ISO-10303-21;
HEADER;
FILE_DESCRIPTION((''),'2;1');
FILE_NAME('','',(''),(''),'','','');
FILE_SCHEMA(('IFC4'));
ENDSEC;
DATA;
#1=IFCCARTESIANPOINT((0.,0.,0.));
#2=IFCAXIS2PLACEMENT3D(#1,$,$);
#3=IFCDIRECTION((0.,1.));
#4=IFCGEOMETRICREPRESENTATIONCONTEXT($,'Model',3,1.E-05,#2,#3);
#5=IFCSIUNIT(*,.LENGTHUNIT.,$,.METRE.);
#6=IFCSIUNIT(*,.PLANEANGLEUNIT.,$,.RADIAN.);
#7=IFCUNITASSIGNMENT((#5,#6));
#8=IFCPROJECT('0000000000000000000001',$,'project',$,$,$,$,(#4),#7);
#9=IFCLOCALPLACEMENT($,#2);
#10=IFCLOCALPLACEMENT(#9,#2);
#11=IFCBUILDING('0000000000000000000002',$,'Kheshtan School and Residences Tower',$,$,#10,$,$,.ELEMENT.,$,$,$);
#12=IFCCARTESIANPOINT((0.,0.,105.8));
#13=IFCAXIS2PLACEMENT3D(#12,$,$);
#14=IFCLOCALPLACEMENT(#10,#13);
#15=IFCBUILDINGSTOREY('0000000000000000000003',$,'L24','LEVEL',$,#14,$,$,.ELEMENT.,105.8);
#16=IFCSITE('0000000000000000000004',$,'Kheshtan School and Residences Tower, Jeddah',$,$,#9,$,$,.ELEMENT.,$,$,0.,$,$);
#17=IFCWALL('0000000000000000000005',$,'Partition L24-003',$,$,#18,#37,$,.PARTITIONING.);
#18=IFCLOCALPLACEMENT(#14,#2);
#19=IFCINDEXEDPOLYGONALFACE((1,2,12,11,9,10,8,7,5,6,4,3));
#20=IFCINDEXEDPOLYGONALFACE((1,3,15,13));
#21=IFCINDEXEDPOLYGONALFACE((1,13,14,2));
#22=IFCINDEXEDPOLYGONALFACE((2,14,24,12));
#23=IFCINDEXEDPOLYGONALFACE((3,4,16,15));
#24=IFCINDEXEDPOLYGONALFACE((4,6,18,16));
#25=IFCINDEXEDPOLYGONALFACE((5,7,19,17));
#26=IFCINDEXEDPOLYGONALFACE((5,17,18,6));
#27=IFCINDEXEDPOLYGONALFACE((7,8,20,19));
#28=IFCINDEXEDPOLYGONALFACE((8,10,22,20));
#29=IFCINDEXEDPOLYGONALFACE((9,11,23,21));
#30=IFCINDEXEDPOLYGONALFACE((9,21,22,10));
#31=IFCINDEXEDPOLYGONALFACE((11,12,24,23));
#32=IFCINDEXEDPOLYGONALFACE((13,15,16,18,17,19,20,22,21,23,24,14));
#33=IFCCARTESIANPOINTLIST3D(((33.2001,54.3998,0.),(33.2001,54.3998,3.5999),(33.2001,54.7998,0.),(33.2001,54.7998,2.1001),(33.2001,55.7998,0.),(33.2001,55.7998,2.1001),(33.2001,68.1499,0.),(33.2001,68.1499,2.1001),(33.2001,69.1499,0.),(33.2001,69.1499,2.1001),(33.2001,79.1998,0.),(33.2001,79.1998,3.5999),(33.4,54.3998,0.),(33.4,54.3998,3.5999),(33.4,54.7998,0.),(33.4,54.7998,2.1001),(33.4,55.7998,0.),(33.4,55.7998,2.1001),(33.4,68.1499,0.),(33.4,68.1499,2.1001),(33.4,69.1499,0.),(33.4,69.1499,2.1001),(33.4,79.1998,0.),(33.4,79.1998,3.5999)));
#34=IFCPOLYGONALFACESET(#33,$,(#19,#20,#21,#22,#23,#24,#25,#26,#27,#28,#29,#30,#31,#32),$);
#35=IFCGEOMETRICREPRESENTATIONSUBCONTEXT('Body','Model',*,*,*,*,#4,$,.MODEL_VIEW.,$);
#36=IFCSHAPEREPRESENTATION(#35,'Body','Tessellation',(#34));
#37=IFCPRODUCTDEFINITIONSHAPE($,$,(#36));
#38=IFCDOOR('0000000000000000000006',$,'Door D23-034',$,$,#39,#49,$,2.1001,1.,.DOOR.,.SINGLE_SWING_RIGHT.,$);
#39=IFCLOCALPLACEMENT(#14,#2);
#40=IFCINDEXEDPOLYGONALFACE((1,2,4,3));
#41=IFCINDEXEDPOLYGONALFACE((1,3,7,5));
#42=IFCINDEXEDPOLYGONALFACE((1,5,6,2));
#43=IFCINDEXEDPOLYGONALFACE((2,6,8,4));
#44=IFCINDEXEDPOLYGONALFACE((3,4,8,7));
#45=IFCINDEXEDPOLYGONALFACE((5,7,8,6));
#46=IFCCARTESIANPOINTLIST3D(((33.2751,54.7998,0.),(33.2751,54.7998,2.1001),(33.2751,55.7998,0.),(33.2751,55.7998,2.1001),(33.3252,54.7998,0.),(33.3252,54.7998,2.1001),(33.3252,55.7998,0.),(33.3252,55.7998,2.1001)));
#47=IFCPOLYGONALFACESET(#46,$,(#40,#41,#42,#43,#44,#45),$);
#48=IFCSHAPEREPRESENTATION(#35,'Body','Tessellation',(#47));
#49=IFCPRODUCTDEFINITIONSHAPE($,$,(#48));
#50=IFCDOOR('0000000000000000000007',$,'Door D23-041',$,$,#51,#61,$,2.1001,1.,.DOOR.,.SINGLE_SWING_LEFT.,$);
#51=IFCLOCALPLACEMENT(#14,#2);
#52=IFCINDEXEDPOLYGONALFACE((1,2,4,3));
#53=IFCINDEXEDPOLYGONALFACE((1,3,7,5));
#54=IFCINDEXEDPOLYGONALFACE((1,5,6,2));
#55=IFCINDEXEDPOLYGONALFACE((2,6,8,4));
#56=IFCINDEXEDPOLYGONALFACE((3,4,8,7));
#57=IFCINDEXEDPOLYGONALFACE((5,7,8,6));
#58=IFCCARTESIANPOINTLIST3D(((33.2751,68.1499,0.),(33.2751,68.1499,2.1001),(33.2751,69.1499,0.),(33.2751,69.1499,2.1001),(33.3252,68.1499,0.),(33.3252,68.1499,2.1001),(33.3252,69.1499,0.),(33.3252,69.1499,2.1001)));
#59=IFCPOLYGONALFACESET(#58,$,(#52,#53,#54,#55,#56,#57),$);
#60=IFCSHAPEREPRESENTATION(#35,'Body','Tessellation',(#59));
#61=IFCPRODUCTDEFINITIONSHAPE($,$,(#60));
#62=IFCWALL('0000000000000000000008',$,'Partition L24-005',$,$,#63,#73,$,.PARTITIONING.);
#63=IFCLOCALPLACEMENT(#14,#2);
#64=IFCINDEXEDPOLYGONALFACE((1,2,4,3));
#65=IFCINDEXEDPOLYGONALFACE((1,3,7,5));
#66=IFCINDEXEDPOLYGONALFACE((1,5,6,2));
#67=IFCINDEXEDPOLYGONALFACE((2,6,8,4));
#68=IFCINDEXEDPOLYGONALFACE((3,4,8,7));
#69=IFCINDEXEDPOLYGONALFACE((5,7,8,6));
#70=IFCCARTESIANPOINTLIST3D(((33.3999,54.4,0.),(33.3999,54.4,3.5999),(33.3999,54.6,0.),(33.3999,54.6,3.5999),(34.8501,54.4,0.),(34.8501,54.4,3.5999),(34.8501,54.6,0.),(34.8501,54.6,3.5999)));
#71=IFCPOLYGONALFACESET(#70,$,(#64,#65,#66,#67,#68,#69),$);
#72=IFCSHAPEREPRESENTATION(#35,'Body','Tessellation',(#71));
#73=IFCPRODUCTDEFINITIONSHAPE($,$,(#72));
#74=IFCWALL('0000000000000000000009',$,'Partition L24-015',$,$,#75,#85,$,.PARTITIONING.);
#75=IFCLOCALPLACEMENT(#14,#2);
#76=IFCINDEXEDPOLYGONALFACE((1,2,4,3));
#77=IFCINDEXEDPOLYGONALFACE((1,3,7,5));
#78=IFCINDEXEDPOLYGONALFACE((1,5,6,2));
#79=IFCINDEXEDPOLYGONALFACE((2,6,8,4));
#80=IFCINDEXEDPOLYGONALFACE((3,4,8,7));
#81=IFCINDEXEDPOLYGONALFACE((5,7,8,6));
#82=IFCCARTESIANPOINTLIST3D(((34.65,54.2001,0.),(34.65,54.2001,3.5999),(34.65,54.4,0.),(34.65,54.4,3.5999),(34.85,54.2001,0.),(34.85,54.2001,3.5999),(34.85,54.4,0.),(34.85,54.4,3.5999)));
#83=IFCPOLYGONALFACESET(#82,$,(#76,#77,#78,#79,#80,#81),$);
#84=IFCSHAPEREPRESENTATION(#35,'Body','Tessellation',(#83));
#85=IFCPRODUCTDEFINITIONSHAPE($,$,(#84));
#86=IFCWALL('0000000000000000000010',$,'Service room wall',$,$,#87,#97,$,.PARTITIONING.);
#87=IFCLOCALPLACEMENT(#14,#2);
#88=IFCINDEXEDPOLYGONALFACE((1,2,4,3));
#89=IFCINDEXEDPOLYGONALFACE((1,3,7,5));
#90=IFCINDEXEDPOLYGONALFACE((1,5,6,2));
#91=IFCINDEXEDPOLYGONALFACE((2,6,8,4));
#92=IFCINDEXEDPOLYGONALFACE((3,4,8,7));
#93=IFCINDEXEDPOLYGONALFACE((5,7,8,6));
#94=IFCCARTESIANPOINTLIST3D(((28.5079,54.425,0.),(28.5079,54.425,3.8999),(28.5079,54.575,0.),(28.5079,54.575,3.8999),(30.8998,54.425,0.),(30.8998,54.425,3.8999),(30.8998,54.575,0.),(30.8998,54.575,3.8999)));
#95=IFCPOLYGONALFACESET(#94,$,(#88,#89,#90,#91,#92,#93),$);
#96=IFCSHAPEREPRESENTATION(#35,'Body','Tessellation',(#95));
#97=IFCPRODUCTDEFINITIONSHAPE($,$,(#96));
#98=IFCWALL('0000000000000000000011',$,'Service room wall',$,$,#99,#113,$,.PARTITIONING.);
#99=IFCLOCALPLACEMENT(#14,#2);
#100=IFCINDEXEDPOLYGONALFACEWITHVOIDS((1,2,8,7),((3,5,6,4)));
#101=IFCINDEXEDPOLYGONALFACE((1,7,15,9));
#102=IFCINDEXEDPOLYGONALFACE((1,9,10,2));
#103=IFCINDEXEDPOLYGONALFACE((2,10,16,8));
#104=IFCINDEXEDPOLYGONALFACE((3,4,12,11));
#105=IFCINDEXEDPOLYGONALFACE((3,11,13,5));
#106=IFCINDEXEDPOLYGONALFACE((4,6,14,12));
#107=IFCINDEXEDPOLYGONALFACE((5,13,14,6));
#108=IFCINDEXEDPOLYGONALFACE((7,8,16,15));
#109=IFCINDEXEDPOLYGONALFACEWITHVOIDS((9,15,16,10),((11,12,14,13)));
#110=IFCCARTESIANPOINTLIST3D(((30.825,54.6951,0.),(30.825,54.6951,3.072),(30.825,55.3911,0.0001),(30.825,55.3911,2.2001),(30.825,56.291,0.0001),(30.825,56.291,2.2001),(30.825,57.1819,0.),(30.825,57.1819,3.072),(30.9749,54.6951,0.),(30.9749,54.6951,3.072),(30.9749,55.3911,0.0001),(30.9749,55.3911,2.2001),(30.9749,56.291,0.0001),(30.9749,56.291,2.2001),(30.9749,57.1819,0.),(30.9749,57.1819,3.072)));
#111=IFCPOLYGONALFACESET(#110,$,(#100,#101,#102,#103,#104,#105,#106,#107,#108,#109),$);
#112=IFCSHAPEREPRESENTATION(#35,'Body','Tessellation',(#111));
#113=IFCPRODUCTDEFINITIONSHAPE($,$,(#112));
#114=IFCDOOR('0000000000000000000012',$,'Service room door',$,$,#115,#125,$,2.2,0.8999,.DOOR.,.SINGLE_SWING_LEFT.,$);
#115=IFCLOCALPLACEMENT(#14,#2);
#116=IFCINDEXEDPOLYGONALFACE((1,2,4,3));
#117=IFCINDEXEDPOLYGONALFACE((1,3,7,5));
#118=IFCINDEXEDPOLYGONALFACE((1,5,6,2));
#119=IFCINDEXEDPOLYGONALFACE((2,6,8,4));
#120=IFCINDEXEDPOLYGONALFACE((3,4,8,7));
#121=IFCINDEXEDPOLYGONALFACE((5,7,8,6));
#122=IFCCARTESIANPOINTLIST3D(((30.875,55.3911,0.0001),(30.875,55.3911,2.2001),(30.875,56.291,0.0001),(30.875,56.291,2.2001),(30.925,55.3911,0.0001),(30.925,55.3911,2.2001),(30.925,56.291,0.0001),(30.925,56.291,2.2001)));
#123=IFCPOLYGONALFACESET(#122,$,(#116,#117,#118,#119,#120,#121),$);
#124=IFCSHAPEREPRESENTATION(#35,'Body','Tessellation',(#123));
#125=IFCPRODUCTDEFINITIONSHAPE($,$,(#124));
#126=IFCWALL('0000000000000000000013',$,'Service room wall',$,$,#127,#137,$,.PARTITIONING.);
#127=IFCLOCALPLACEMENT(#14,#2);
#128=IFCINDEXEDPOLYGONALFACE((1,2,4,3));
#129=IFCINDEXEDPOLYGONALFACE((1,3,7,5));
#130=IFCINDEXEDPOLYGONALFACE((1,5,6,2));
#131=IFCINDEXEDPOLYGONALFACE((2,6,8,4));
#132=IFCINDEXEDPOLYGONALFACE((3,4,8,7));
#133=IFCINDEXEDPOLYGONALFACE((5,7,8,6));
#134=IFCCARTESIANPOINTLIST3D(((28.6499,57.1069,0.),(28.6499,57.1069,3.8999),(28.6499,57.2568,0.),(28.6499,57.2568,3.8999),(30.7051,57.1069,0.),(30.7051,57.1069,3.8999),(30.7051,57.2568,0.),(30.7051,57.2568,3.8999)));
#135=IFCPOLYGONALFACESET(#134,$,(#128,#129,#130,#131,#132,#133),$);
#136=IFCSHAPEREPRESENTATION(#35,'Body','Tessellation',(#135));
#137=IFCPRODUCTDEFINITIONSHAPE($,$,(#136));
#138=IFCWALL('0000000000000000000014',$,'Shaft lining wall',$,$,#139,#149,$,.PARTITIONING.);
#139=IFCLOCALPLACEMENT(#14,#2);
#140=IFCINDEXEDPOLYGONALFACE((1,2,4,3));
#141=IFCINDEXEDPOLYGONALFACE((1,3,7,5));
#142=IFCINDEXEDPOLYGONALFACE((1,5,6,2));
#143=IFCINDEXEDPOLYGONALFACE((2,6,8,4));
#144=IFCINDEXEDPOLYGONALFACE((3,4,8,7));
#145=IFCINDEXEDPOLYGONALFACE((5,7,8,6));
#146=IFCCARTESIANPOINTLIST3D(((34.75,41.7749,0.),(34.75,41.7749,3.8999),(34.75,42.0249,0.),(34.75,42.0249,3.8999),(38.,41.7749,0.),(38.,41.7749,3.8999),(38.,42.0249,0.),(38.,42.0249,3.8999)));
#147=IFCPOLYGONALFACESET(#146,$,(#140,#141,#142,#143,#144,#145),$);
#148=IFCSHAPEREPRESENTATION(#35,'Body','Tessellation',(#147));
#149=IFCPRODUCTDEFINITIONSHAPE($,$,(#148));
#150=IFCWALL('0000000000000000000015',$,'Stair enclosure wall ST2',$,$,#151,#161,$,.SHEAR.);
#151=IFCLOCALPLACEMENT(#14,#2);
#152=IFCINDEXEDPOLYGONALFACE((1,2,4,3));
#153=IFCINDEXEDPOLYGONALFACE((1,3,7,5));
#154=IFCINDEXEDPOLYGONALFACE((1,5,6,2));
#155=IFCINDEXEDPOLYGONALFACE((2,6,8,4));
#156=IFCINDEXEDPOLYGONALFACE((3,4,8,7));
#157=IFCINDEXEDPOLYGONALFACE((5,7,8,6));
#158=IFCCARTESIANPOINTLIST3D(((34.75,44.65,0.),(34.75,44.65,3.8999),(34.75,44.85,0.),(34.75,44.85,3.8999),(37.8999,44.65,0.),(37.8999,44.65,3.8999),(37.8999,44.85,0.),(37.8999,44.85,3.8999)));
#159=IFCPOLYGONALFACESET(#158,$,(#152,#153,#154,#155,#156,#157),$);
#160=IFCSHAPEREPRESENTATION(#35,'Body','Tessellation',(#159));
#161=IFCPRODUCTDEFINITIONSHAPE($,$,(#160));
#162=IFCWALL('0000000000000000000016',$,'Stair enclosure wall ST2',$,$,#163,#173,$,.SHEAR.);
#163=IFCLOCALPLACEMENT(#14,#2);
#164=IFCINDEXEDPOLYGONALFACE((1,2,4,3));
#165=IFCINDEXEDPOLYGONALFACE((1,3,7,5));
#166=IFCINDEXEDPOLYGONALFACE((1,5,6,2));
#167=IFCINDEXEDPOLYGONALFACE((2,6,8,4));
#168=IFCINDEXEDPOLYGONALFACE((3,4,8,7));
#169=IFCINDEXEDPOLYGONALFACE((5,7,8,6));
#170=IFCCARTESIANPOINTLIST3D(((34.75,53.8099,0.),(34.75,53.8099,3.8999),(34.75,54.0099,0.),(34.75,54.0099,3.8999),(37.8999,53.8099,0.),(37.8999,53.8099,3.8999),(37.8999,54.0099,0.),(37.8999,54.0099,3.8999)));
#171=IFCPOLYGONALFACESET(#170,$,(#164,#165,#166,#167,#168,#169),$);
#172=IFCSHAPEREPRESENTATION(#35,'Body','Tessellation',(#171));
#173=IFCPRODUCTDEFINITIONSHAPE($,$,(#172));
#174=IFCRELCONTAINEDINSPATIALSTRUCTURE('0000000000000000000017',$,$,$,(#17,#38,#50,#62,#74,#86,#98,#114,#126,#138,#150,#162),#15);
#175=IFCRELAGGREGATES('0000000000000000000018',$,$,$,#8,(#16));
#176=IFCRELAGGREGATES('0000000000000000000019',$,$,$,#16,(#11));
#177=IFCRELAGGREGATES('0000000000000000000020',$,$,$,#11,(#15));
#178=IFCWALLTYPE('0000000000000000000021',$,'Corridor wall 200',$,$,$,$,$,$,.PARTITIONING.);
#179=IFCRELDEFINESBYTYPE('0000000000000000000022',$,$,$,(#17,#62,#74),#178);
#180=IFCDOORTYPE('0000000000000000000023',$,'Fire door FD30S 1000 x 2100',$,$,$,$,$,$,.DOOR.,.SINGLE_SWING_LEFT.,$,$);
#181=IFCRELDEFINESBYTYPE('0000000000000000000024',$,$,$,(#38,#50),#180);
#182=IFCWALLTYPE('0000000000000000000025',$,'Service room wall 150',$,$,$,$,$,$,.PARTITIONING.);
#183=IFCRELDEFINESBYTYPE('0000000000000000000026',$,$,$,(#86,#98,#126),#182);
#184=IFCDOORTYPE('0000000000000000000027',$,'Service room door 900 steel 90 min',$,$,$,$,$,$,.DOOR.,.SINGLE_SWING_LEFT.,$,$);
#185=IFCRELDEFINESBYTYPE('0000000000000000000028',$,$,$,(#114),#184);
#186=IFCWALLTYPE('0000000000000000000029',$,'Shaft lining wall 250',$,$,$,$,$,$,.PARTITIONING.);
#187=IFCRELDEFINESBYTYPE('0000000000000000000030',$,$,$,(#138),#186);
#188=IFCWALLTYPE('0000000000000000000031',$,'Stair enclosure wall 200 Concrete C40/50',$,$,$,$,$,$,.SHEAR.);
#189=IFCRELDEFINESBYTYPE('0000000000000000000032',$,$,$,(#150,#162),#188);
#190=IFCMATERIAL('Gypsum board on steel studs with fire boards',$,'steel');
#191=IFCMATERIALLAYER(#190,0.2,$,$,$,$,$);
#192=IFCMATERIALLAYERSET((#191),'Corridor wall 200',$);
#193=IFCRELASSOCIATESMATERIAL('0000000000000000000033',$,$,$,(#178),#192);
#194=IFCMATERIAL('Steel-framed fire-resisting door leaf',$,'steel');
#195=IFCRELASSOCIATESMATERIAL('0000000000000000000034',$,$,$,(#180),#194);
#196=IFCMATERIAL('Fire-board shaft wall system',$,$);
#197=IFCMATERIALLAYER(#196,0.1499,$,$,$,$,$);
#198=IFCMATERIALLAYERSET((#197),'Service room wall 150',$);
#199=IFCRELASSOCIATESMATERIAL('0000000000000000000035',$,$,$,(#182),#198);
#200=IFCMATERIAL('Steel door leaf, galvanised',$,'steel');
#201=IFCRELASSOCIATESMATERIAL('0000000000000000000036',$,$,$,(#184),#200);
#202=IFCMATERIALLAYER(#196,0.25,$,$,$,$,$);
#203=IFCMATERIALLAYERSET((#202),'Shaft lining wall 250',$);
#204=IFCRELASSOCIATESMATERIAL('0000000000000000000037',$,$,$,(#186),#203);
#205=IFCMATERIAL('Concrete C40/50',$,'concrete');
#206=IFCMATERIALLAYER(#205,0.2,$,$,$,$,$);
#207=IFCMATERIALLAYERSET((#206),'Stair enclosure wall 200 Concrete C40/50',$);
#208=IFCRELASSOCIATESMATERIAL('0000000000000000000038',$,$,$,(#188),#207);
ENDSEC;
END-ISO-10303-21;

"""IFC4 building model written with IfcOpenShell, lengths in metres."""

from ifc_helpers import new_model, si_unit, direction, frame, frame_2d, origin, place, context, subcontext, project, spatial, rectangle, extrude, source, transform, mapped, material, layer, layer_set, type_object, element, fill, save


model = new_model("IFC4")

# Units and contexts
model_context = context("Model", 3, precision=1e-05, world=origin(), true_north=direction((0.0, 1.0)))
body_context = subcontext(model_context, "Body", "Model", "MODEL_VIEW")
ifc_project = project(units=[si_unit("LENGTHUNIT", "METRE"), si_unit("PLANEANGLEUNIT", "RADIAN")], contexts=[model_context])

# Site, building, storey
site_placement = place(None, origin())
site = spatial("IfcSite", under=ifc_project, at=site_placement, Name="Kheshtan School and Residences Tower, Jeddah", CompositionType="ELEMENT", RefElevation=0.0)
building_placement = place(site_placement, origin())
building = spatial("IfcBuilding", under=site, at=building_placement, Name="Kheshtan School and Residences Tower", CompositionType="ELEMENT")
storey_placement = place(building_placement, frame((0.0, 0.0, 105.8)))
storey = spatial("IfcBuildingStorey", under=building, at=storey_placement, Name="L24", Description="LEVEL", CompositionType="ELEMENT", Elevation=105.8)

# Wall, openings, doors
ifc_material_1 = material(Name="Gypsum board on steel studs with fire boards", Category="steel")
ifc_layer_1 = layer(ifc_material_1, 0.2)
ifc_layer_set_1 = layer_set([ifc_layer_1], Name="Corridor wall 200")
wall_type_1 = type_object("IfcWallType", Name="Corridor wall 200", PredefinedType="PARTITIONING", material=ifc_layer_set_1)
wall_1_placement = place(storey_placement, frame((33.3, 54.3999, 0.0), z_axis=(0.0, 0.0, 1.0), x_axis=(0.0, 1.0, 0.0)))
wall_1 = element("IfcWall", 1, at=wall_1_placement, inside=storey, type_object=wall_type_1, Name="Partition L24-003", PredefinedType="PARTITIONING", context=body_context, shape_type="SweptSolid", body=[
    extrude(rectangle(XDim=24.8, YDim=0.2, at=frame_2d((12.3999, 0.0))), origin(), (0.0, 0.0, 1.0), 3.5999),
])
opening_1_placement = place(wall_1_placement, frame((0.3999, 0.0, 0.0)))
opening_1 = element("IfcOpeningElement", 2, at=opening_1_placement, cuts=wall_1, PredefinedType="OPENING", context=body_context, shape_type="SweptSolid", body=[
    extrude(rectangle(XDim=1.0, YDim=2.1001, at=frame_2d((0.5, 1.05))), frame((0.0, 0.1099, 0.0), z_axis=(0.0, -1.0, 0.0), x_axis=(1.0, 0.0, 0.0)), (0.0, 0.0, 1.0), 0.22),
])
opening_2_placement = place(wall_1_placement, frame((13.75, 0.0, 0.0)))
opening_2 = element("IfcOpeningElement", 3, at=opening_2_placement, cuts=wall_1, PredefinedType="OPENING", context=body_context, shape_type="SweptSolid", body=[
    extrude(rectangle(XDim=1.0, YDim=2.1001, at=frame_2d((0.5, 1.05))), frame((0.0, 0.1099, 0.0), z_axis=(0.0, -1.0, 0.0), x_axis=(1.0, 0.0, 0.0)), (0.0, 0.0, 1.0), 0.22),
])
ifc_material_2 = material(Name="Steel-framed fire-resisting door leaf", Category="steel")
door_type_1 = type_object("IfcDoorType", Name="Fire door FD30S 1000 x 2100", OperationType="SINGLE_SWING_LEFT", PredefinedType="DOOR", material=ifc_material_2)
shared_shape_1 = source(origin(), body_context, "Body", "SweptSolid", [
    extrude(rectangle(XDim=1.0, YDim=2.1001, at=frame_2d((0.5, 1.05))), frame((0.0, 0.0249, 0.0), z_axis=(0.0, -1.0, 0.0), x_axis=(1.0, 0.0, 0.0)), (0.0, 0.0, 1.0), 0.05),
])
door_1_placement = place(opening_1_placement, origin())
door_1 = element("IfcDoor", 4, at=door_1_placement, inside=storey, type_object=door_type_1, Name="Door D23-034", OperationType="SINGLE_SWING_RIGHT", OverallHeight=2.1001, OverallWidth=1.0, PredefinedType="DOOR", context=body_context, shape_type="MappedRepresentation", body=[
    mapped(shared_shape_1, transform((0.0, 0.0, 0.0), x_axis=(1.0, 0.0, 0.0), y_axis=(0.0, 1.0, 0.0), z_axis=(0.0, 0.0, 1.0), scale=1.0)),
])
fill(opening_1, door_1)
door_2_placement = place(opening_2_placement, origin())
door_2 = element("IfcDoor", 5, at=door_2_placement, inside=storey, type_object=door_type_1, Name="Door D23-041", OperationType="SINGLE_SWING_LEFT", OverallHeight=2.1001, OverallWidth=1.0, PredefinedType="DOOR", context=body_context, shape_type="MappedRepresentation", body=[
    mapped(shared_shape_1, transform((0.0, 0.0, 0.0), x_axis=(1.0, 0.0, 0.0), y_axis=(0.0, 1.0, 0.0), z_axis=(0.0, 0.0, 1.0), scale=1.0)),
])
fill(opening_2, door_2)

# Walls
wall_2_placement = place(storey_placement, frame((33.3999, 54.5, 0.0), z_axis=(0.0, 0.0, 1.0), x_axis=(1.0, 0.0, 0.0)))
element("IfcWall", 6, at=wall_2_placement, inside=storey, type_object=wall_type_1, Name="Partition L24-005", PredefinedType="PARTITIONING", context=body_context, shape_type="SweptSolid", body=[
    extrude(rectangle(XDim=1.4502, YDim=0.2, at=frame_2d((0.7251, 0.0))), origin(), (0.0, 0.0, 1.0), 3.5999),
])
wall_3_placement = place(storey_placement, frame((34.75, 54.2, 0.0), z_axis=(0.0, 0.0, 1.0), x_axis=(0.0, 1.0, 0.0)))
element("IfcWall", 7, at=wall_3_placement, inside=storey, type_object=wall_type_1, Name="Partition L24-015", PredefinedType="PARTITIONING", context=body_context, shape_type="SweptSolid", body=[
    extrude(rectangle(XDim=0.2, YDim=0.2, at=frame_2d((0.1001, 0.0))), origin(), (0.0, 0.0, 1.0), 3.5999),
])
ifc_material_3 = material(Name="Fire-board shaft wall system")
ifc_layer_2 = layer(ifc_material_3, 0.1499)
ifc_layer_set_2 = layer_set([ifc_layer_2], Name="Service room wall 150")
wall_type_2 = type_object("IfcWallType", Name="Service room wall 150", PredefinedType="PARTITIONING", material=ifc_layer_set_2)
wall_4_placement = place(storey_placement, frame((28.5081, 54.5, 0.0), z_axis=(0.0, 0.0, 1.0), x_axis=(1.0, 0.0, 0.0)))
element("IfcWall", 8, at=wall_4_placement, inside=storey, type_object=wall_type_2, Name="Service room wall", PredefinedType="PARTITIONING", context=body_context, shape_type="SweptSolid", body=[
    extrude(rectangle(XDim=2.3918, YDim=0.1499, at=frame_2d((1.1958, 0.0))), origin(), (0.0, 0.0, 1.0), 3.8999),
])

# Wall, opening, door
wall_5_placement = place(storey_placement, frame((30.8999, 54.6951, 0.0), z_axis=(0.0, 0.0, 1.0), x_axis=(0.0, 1.0, 0.0)))
wall_5 = element("IfcWall", 9, at=wall_5_placement, inside=storey, type_object=wall_type_2, Name="Service room wall", PredefinedType="PARTITIONING", context=body_context, shape_type="SweptSolid", body=[
    extrude(rectangle(XDim=2.4868, YDim=0.1499, at=frame_2d((1.2434, 0.0))), origin(), (0.0, 0.0, 1.0), 3.072),
])
opening_3_placement = place(wall_5_placement, frame((0.696, 0.0, 0.0)))
opening_3 = element("IfcOpeningElement", 10, at=opening_3_placement, cuts=wall_5, PredefinedType="OPENING", context=body_context, shape_type="SweptSolid", body=[
    extrude(rectangle(XDim=0.8999, YDim=2.2, at=frame_2d((0.45, 1.1001))), frame((0.0, 0.085, 0.0), z_axis=(0.0, -1.0, 0.0), x_axis=(1.0, 0.0, 0.0)), (0.0, 0.0, 1.0), 0.1699),
])
ifc_material_4 = material(Name="Steel door leaf, galvanised", Category="steel")
door_type_2 = type_object("IfcDoorType", Name="Service room door 900 steel 90 min", OperationType="SINGLE_SWING_LEFT", PredefinedType="DOOR", material=ifc_material_4)
shared_shape_2 = source(origin(), body_context, "Body", "SweptSolid", [
    extrude(rectangle(XDim=0.8999, YDim=2.2, at=frame_2d((0.45, 1.1001))), frame((0.0, 0.0249, 0.0), z_axis=(0.0, -1.0, 0.0), x_axis=(1.0, 0.0, 0.0)), (0.0, 0.0, 1.0), 0.05),
])
door_3_placement = place(opening_3_placement, origin())
door_3 = element("IfcDoor", 11, at=door_3_placement, inside=storey, type_object=door_type_2, Name="Service room door", OperationType="SINGLE_SWING_LEFT", OverallHeight=2.2, OverallWidth=0.8999, PredefinedType="DOOR", context=body_context, shape_type="MappedRepresentation", body=[
    mapped(shared_shape_2, transform((0.0, 0.0, 0.0), x_axis=(1.0, 0.0, 0.0), y_axis=(0.0, 1.0, 0.0), z_axis=(0.0, 0.0, 1.0), scale=1.0)),
])
fill(opening_3, door_3)

# Walls
wall_6_placement = place(storey_placement, frame((28.6499, 57.1819, 0.0), z_axis=(0.0, 0.0, 1.0), x_axis=(1.0, 0.0, 0.0)))
element("IfcWall", 12, at=wall_6_placement, inside=storey, type_object=wall_type_2, Name="Service room wall", PredefinedType="PARTITIONING", context=body_context, shape_type="SweptSolid", body=[
    extrude(rectangle(XDim=2.0552, YDim=0.1499, at=frame_2d((1.0276, 0.0))), origin(), (0.0, 0.0, 1.0), 3.8999),
])
ifc_layer_3 = layer(ifc_material_3, 0.25)
ifc_layer_set_3 = layer_set([ifc_layer_3], Name="Shaft lining wall 250")
wall_type_3 = type_object("IfcWallType", Name="Shaft lining wall 250", PredefinedType="PARTITIONING", material=ifc_layer_set_3)
wall_7_placement = place(storey_placement, frame((34.75, 41.8999, 0.0), z_axis=(0.0, 0.0, 1.0), x_axis=(1.0, 0.0, 0.0)))
element("IfcWall", 13, at=wall_7_placement, inside=storey, type_object=wall_type_3, Name="Shaft lining wall", PredefinedType="PARTITIONING", context=body_context, shape_type="SweptSolid", body=[
    extrude(rectangle(XDim=3.25, YDim=0.25, at=frame_2d((1.625, 0.0))), origin(), (0.0, 0.0, 1.0), 3.8999),
])
ifc_material_5 = material(Name="Concrete C40/50", Category="concrete")
ifc_layer_4 = layer(ifc_material_5, 0.2)
ifc_layer_set_4 = layer_set([ifc_layer_4], Name="Stair enclosure wall 200 Concrete C40/50")
wall_type_4 = type_object("IfcWallType", Name="Stair enclosure wall 200 Concrete C40/50", PredefinedType="SHEAR", material=ifc_layer_set_4)
for number, where, z_axis, x_axis, name in (
    (14, (34.75, 44.75, 0.0), (0.0, 0.0, 1.0), (1.0, 0.0, 0.0), "Stair enclosure wall ST2"),
    (15, (34.75, 53.9099, 0.0), (0.0, 0.0, 1.0), (1.0, 0.0, 0.0), "Stair enclosure wall ST2"),
):
    element("IfcWall", number, at=place(storey_placement, frame(where, z_axis=z_axis, x_axis=x_axis)), inside=storey, type_object=wall_type_4, Name=name, PredefinedType="SHEAR", context=body_context, shape_type="SweptSolid", body=[
        extrude(rectangle(XDim=3.1499, YDim=0.2, at=frame_2d((1.575, 0.0))), origin(), (0.0, 0.0, 1.0), 3.8999),
    ])

save(model, "model.ifc")
